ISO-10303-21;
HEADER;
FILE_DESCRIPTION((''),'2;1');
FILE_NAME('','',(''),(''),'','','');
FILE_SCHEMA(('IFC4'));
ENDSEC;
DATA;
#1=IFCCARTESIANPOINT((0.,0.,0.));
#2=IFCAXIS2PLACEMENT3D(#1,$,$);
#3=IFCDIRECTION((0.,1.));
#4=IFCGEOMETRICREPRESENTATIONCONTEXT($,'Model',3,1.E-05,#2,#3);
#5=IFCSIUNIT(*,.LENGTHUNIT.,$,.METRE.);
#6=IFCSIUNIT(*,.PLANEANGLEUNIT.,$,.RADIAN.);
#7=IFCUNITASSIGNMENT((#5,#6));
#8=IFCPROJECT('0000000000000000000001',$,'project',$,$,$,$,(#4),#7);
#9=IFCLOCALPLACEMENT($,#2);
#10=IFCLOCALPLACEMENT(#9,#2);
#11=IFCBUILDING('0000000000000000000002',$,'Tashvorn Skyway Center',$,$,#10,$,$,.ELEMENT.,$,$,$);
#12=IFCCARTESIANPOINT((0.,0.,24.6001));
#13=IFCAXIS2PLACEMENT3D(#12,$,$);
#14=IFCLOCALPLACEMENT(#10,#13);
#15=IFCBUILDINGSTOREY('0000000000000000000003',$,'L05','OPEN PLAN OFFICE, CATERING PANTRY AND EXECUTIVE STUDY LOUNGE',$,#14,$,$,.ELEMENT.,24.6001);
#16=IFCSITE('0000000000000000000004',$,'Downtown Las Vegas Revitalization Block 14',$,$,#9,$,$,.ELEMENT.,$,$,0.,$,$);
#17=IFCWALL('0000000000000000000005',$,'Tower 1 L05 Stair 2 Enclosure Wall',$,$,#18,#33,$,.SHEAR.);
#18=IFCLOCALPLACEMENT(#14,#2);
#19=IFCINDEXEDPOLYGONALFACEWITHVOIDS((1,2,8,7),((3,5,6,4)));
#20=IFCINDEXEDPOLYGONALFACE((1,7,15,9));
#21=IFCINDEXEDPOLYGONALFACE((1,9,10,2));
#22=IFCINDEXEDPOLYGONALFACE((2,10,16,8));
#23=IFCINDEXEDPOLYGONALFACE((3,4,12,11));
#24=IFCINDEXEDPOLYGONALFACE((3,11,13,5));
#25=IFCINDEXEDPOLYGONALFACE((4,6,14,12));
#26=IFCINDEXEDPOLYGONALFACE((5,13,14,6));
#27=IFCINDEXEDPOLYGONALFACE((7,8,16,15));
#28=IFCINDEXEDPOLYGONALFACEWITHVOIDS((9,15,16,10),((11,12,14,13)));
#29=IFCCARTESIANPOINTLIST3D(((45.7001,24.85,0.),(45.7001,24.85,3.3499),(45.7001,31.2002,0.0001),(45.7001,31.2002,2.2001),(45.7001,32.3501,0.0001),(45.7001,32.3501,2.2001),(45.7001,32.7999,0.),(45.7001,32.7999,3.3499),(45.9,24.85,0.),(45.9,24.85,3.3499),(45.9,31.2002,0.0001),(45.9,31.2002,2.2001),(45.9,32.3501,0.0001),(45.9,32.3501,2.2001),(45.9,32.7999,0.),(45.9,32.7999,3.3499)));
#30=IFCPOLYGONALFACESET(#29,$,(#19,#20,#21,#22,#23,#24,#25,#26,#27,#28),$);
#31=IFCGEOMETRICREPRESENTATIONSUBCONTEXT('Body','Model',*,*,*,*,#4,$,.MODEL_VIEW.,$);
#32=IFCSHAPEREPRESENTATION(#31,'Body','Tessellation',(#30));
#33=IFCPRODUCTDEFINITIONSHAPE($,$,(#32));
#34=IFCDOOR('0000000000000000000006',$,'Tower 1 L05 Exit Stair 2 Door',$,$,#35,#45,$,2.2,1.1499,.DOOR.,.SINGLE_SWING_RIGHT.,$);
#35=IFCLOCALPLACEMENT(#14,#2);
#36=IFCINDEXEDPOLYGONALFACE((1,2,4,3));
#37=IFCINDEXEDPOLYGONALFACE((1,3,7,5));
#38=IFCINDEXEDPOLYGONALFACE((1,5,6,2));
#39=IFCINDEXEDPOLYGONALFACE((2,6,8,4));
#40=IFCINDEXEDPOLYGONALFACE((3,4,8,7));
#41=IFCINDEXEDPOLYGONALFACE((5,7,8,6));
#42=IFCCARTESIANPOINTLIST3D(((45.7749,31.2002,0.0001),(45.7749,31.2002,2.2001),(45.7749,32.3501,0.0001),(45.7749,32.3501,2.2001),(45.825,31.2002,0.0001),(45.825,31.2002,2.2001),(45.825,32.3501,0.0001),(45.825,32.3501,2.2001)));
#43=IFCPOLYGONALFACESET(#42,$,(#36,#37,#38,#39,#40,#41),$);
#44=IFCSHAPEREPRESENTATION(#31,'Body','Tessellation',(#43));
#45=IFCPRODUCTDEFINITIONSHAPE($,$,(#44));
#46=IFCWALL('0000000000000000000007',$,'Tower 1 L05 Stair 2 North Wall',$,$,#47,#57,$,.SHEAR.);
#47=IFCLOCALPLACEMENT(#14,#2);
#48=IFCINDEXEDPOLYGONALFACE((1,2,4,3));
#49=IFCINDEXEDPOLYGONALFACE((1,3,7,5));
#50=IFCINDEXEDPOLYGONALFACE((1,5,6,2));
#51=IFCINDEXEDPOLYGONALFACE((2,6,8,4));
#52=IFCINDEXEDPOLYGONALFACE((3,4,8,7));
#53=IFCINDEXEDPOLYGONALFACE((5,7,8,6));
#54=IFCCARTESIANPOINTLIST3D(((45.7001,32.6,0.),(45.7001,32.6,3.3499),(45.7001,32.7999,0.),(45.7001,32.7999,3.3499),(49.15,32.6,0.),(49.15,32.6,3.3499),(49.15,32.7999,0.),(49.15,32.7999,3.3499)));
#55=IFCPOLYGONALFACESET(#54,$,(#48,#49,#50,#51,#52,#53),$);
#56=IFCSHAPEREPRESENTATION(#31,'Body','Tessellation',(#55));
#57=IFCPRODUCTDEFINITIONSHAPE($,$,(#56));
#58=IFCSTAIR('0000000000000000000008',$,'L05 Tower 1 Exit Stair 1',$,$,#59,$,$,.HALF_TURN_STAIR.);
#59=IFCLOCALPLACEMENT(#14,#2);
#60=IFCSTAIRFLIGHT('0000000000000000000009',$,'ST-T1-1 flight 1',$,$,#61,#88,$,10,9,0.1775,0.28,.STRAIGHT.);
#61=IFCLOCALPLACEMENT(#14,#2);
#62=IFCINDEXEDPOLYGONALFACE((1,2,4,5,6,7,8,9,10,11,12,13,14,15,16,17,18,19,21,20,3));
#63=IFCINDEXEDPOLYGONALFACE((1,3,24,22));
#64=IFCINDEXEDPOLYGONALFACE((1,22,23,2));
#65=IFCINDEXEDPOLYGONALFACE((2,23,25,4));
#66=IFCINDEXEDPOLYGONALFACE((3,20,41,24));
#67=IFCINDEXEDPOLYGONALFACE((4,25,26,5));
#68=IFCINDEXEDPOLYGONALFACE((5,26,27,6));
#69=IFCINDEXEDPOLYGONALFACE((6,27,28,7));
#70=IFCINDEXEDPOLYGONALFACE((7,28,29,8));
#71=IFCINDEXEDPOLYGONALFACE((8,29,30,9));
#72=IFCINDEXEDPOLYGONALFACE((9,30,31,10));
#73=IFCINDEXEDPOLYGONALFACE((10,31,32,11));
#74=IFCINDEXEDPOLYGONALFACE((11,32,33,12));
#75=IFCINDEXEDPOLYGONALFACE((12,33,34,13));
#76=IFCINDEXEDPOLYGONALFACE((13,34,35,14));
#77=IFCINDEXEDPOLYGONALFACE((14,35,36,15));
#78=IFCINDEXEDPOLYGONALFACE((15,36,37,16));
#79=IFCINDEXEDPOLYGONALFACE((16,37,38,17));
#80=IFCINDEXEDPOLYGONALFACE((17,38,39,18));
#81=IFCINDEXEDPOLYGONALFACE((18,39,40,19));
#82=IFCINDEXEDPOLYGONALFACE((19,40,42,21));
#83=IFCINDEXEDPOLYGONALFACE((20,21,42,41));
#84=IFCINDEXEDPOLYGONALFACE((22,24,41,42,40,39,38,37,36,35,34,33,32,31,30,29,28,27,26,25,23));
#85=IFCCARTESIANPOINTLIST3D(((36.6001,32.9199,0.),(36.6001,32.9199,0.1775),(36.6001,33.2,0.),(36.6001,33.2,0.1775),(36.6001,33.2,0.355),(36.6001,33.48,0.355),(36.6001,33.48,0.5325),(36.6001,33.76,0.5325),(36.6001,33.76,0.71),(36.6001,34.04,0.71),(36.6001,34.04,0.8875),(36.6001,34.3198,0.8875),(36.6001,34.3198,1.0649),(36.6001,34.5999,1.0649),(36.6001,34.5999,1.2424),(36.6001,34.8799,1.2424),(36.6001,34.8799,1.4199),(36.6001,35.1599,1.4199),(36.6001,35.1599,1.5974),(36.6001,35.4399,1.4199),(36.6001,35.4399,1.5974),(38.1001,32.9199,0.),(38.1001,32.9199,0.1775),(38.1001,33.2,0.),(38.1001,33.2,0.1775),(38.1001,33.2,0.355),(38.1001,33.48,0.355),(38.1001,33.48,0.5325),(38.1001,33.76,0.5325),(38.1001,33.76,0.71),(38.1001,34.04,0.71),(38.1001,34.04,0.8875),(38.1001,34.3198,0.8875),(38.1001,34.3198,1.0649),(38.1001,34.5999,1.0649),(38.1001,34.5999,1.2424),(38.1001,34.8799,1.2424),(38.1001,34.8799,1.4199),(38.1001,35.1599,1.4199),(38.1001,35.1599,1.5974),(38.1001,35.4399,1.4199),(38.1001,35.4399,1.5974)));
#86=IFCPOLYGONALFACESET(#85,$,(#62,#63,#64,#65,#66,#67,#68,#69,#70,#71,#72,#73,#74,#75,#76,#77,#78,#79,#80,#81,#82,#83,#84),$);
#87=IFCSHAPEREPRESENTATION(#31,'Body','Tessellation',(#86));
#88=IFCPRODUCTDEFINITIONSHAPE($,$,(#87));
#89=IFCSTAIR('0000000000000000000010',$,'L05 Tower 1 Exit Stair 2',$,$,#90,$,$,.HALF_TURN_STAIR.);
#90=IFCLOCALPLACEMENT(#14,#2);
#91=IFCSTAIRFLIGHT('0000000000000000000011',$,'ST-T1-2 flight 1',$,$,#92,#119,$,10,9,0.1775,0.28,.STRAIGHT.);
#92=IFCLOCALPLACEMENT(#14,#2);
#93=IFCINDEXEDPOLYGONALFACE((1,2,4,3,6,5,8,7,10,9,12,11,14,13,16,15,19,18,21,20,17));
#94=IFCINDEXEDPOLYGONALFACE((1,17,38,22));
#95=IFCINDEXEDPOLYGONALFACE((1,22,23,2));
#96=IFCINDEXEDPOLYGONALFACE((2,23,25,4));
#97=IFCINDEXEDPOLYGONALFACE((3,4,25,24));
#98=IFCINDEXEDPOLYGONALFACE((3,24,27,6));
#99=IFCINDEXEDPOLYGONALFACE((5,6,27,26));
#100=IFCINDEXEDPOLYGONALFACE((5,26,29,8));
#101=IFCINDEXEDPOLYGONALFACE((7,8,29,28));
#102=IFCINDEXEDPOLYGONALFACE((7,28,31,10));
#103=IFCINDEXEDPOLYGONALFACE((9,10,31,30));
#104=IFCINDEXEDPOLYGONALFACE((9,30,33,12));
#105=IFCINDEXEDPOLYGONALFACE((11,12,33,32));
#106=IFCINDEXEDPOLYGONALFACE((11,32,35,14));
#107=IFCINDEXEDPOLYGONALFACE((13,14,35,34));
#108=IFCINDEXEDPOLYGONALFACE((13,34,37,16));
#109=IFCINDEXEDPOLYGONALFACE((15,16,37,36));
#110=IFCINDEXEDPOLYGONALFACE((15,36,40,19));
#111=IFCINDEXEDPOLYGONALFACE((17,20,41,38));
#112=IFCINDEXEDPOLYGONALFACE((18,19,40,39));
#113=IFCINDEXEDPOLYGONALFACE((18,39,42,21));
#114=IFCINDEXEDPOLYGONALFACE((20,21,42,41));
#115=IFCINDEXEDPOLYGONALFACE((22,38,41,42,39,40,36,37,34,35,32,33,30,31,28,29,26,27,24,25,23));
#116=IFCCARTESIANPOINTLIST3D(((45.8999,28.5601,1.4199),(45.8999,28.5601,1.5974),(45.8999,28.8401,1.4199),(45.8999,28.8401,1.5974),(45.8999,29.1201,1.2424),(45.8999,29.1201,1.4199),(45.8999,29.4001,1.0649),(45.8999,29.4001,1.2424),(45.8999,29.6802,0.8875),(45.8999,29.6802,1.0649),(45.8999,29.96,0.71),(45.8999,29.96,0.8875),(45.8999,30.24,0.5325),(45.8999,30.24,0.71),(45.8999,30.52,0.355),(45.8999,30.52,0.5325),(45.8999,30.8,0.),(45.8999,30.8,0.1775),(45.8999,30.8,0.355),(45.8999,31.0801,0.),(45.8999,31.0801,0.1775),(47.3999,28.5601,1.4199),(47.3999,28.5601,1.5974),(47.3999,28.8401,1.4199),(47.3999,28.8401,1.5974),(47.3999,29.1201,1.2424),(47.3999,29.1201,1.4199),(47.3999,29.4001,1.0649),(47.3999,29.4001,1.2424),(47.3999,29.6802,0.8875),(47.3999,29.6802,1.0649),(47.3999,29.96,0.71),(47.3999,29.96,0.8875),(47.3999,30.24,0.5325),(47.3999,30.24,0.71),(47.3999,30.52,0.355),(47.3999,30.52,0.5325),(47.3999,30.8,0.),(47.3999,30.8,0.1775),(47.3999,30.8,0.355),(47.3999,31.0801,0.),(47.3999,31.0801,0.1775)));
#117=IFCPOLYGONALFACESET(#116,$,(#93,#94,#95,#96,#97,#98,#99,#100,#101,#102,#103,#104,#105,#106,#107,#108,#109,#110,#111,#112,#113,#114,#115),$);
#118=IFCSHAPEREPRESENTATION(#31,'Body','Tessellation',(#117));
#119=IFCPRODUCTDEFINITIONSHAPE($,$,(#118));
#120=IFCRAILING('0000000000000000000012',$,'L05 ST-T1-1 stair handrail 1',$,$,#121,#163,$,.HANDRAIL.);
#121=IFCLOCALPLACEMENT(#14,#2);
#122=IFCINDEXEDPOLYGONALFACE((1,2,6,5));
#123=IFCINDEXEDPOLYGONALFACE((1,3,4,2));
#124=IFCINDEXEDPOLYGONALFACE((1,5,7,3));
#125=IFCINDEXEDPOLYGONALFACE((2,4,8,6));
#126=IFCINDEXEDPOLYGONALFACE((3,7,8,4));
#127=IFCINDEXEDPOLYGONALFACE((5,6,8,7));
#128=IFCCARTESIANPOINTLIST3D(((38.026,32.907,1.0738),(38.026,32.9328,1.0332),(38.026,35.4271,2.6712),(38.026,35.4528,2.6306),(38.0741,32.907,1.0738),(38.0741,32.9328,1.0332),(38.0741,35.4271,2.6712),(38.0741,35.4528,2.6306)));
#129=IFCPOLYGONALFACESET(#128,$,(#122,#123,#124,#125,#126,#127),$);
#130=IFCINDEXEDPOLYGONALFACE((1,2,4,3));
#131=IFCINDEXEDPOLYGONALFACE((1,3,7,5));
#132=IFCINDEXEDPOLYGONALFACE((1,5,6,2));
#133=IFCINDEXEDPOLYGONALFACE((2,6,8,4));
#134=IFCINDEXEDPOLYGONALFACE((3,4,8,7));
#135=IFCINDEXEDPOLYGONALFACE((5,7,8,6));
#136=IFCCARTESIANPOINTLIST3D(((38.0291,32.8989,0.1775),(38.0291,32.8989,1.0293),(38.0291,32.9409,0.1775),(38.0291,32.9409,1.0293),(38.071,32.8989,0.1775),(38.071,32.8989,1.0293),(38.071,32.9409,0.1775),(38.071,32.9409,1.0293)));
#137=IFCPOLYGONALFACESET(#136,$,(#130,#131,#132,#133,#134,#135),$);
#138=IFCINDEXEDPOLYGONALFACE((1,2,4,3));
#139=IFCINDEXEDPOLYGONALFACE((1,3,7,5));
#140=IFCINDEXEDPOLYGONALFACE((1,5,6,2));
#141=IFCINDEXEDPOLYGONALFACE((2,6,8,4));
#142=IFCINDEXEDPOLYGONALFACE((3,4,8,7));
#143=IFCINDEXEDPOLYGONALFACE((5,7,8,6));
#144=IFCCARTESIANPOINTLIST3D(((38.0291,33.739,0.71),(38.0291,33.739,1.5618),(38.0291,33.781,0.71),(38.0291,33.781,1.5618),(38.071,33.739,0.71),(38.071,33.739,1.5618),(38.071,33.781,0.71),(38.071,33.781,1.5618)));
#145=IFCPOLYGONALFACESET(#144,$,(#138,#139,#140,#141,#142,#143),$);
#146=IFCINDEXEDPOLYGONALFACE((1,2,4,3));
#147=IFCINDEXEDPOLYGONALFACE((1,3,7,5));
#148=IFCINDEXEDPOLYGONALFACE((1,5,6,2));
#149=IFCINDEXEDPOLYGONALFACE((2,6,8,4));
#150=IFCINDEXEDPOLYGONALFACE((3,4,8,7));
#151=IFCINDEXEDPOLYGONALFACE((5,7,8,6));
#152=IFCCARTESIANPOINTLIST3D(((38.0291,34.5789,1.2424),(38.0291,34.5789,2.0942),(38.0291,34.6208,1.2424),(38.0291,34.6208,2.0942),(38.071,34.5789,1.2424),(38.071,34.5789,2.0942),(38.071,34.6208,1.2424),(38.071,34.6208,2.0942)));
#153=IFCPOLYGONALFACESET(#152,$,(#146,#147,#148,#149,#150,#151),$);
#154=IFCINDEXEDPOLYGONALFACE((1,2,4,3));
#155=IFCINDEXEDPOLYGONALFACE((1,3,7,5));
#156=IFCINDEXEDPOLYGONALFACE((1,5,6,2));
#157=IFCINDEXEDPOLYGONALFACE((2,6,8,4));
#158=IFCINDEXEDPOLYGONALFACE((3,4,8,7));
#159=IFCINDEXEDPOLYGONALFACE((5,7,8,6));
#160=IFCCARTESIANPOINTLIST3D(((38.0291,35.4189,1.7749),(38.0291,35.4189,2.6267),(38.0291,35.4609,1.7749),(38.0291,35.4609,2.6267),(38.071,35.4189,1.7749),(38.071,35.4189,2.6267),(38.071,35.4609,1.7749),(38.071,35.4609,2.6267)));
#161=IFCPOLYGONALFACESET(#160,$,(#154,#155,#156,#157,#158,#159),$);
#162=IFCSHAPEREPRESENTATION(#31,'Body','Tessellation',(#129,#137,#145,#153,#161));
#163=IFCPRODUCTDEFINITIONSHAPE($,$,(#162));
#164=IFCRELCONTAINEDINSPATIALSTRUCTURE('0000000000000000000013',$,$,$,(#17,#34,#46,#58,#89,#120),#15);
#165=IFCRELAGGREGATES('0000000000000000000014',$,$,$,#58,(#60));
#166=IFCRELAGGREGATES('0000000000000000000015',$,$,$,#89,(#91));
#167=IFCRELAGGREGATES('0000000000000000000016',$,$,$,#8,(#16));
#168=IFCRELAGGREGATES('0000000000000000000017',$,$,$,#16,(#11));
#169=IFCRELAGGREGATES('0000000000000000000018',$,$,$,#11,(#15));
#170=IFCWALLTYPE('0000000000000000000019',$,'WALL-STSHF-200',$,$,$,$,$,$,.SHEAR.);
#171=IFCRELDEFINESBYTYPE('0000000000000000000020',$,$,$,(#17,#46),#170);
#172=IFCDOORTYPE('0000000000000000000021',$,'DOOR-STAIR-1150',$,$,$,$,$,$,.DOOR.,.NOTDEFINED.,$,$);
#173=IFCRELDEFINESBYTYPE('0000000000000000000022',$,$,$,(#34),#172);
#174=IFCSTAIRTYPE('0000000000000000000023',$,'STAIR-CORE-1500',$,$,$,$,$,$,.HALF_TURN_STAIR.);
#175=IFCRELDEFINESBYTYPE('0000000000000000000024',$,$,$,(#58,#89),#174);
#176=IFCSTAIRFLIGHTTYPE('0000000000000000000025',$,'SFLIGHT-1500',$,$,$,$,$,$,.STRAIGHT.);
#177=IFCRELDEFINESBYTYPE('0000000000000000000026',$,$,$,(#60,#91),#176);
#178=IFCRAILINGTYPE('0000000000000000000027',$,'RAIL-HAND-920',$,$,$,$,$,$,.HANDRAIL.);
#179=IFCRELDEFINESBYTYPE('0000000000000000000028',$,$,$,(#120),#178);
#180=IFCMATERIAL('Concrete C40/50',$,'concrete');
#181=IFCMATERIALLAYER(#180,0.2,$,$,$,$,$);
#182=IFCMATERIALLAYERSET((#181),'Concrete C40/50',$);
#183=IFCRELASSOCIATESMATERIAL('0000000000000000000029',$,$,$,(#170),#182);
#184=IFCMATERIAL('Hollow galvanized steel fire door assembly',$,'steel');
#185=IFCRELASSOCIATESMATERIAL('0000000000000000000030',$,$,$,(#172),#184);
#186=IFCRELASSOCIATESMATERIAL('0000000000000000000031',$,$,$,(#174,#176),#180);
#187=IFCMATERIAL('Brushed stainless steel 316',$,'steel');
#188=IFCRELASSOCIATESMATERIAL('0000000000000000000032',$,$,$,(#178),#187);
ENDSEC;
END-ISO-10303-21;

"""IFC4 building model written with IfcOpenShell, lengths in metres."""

from ifc_helpers import new_model, si_unit, direction, frame, frame_2d, origin, origin_2d, place, context, subcontext, project, spatial, polyline, rectangle, outline, extrude, material, layer, layer_set, type_object, element, fill, aggregate, save


model = new_model("IFC4")

# Units and contexts
model_context = context("Model", 3, precision=1e-05, world=origin(), true_north=direction((0.0, 1.0)))
body_context = subcontext(model_context, "Body", "Model", "MODEL_VIEW")
ifc_project = project(units=[si_unit("LENGTHUNIT", "METRE"), si_unit("PLANEANGLEUNIT", "RADIAN")], contexts=[model_context])

# Site, building, storey
site_placement = place(None, origin())
site = spatial("IfcSite", under=ifc_project, at=site_placement, Name="Downtown Las Vegas Revitalization Block 14", CompositionType="ELEMENT", RefElevation=0.0)
building_placement = place(site_placement, origin())
building = spatial("IfcBuilding", under=site, at=building_placement, Name="Tashvorn Skyway Center", CompositionType="ELEMENT")
storey_placement = place(building_placement, frame((0.0, 0.0, 24.6001)))
storey = spatial("IfcBuildingStorey", under=building, at=storey_placement, Name="L05", Description="OPEN PLAN OFFICE, CATERING PANTRY AND EXECUTIVE STUDY LOUNGE", CompositionType="ELEMENT", Elevation=24.6001)

# Shared definitions
ifc_material_1 = material(Name="Concrete C40/50", Category="concrete")

# Wall, opening, door
ifc_layer_1 = layer(ifc_material_1, 0.2)
ifc_layer_set_1 = layer_set([ifc_layer_1], Name="Concrete C40/50")
wall_type_1 = type_object("IfcWallType", Name="WALL-STSHF-200", PredefinedType="SHEAR", material=ifc_layer_set_1)
ifc_material_2 = material(Name="Hollow galvanized steel fire door assembly", Category="steel")
door_type = type_object("IfcDoorType", Name="DOOR-STAIR-1150", OperationType="NOTDEFINED", PredefinedType="DOOR", material=ifc_material_2)
wall_1_placement = place(storey_placement, frame((45.8, 32.8, 0.0), z_axis=(0.0, 0.0, 1.0), x_axis=(0.0, -1.0, 0.0)))
wall_1 = element("IfcWall", 1, at=wall_1_placement, inside=storey, type_object=wall_type_1, Name="Tower 1 L05 Stair 2 Enclosure Wall", PredefinedType="SHEAR", context=body_context, shape_type="SweptSolid", body=[
    extrude(rectangle(XDim=7.95, YDim=0.2, at=frame_2d((3.9751, 0.0))), origin(), (0.0, 0.0, 1.0), 3.3499),
])
opening_1_placement = place(wall_1_placement, frame((0.45, 0.0, 0.0)))
opening_1 = element("IfcOpeningElement", 2, at=opening_1_placement, cuts=wall_1, PredefinedType="OPENING", context=body_context, shape_type="SweptSolid", body=[
    extrude(rectangle(XDim=1.1499, YDim=2.2, at=frame_2d((0.575, 1.1001))), frame((0.0, 0.1099, 0.0), z_axis=(0.0, -1.0, 0.0), x_axis=(1.0, 0.0, 0.0)), (0.0, 0.0, 1.0), 0.22),
])
door_1_placement = place(opening_1_placement, origin())
door_1 = element("IfcDoor", 3, at=door_1_placement, inside=storey, type_object=door_type, Name="Tower 1 L05 Exit Stair 2 Door", OperationType="SINGLE_SWING_RIGHT", OverallHeight=2.2, OverallWidth=1.1499, PredefinedType="DOOR", context=body_context, shape_type="SweptSolid", body=[
    extrude(rectangle(XDim=1.1499, YDim=2.2, at=frame_2d((0.575, 1.1001))), frame((0.0, 0.0249, 0.0), z_axis=(0.0, -1.0, 0.0), x_axis=(1.0, 0.0, 0.0)), (0.0, 0.0, 1.0), 0.05),
])
fill(opening_1, door_1)

# Wall
wall_2_placement = place(storey_placement, frame((45.7, 32.7, 0.0), z_axis=(0.0, 0.0, 1.0), x_axis=(1.0, 0.0, 0.0)))
element("IfcWall", 4, at=wall_2_placement, inside=storey, type_object=wall_type_1, Name="Tower 1 L05 Stair 2 North Wall", PredefinedType="SHEAR", context=body_context, shape_type="SweptSolid", body=[
    extrude(rectangle(XDim=3.45, YDim=0.2, at=frame_2d((1.7251, 0.0))), origin(), (0.0, 0.0, 1.0), 3.3499),
])

# Stairs, stair flights
stair_type = type_object("IfcStairType", Name="STAIR-CORE-1500", PredefinedType="HALF_TURN_STAIR", material=ifc_material_1)
stair_1_placement = place(storey_placement, origin())
stair_1 = element("IfcStair", 5, at=stair_1_placement, inside=storey, type_object=stair_type, Name="L05 Tower 1 Exit Stair 1", PredefinedType="HALF_TURN_STAIR")
stair_flight_type = type_object("IfcStairFlightType", Name="SFLIGHT-1500", PredefinedType="STRAIGHT", material=ifc_material_1)
stair_flight_1_placement = place(storey_placement, frame((37.3501, 32.9199, 0.0), z_axis=(0.0, 0.0, 1.0), x_axis=(0.0, 1.0, 0.0)))
stair_flight_1 = element("IfcStairFlight", 6, at=stair_flight_1_placement, type_object=stair_flight_type, Name="ST-T1-1 flight 1", NumberOfRisers=10, NumberOfTreads=9, PredefinedType="STRAIGHT", RiserHeight=0.1775, TreadLength=0.28, context=body_context, shape_type="SweptSolid", body=[
    extrude(outline(polyline([(0.0, 0.0), (0.0, 0.1775), (0.28, 0.1775), (0.28, 0.355), (0.5601, 0.355), (0.5601, 0.5325), (0.8401, 0.5325), (0.8401, 0.71), (1.1201, 0.71), (1.1201, 0.8875), (1.3999, 0.8875), (1.3999, 1.0649), (1.6799, 1.0649), (1.6799, 1.2424), (1.96, 1.2424), (1.96, 1.4199), (2.24, 1.4199), (2.24, 1.5974), (2.52, 1.5974), (2.52, 1.7749), (2.52, 1.4199), (0.28, 0.0), (0.0, 0.0)])), frame((0.0, 0.75, 0.0), z_axis=(0.0, -1.0, 0.0), x_axis=(1.0, 0.0, 0.0)), (0.0, 0.0, 1.0), 1.5),
])
aggregate(stair_1, [stair_flight_1])
stair_2_placement = place(storey_placement, origin())
stair_2 = element("IfcStair", 7, at=stair_2_placement, inside=storey, type_object=stair_type, Name="L05 Tower 1 Exit Stair 2", PredefinedType="HALF_TURN_STAIR")
stair_flight_2_placement = place(storey_placement, frame((46.6499, 31.0801, 0.0), z_axis=(0.0, 0.0, 1.0), x_axis=(0.0, -1.0, 0.0)))
stair_flight_2 = element("IfcStairFlight", 8, at=stair_flight_2_placement, type_object=stair_flight_type, Name="ST-T1-2 flight 1", NumberOfRisers=10, NumberOfTreads=9, PredefinedType="STRAIGHT", RiserHeight=0.1775, TreadLength=0.28, context=body_context, shape_type="SweptSolid", body=[
    extrude(outline(polyline([(0.0, 0.0), (0.0, 0.1775), (0.28, 0.1775), (0.28, 0.355), (0.5601, 0.355), (0.5601, 0.5325), (0.8401, 0.5325), (0.8401, 0.71), (1.1201, 0.71), (1.1201, 0.8875), (1.3999, 0.8875), (1.3999, 1.0649), (1.6799, 1.0649), (1.6799, 1.2424), (1.96, 1.2424), (1.96, 1.4199), (2.24, 1.4199), (2.24, 1.5974), (2.52, 1.5974), (2.52, 1.7749), (2.52, 1.4199), (0.28, 0.0), (0.0, 0.0)])), frame((0.0, 0.75, 0.0), z_axis=(0.0, -1.0, 0.0), x_axis=(1.0, 0.0, 0.0)), (0.0, 0.0, 1.0), 1.5),
])
aggregate(stair_2, [stair_flight_2])

# Railing
ifc_material_3 = material(Name="Brushed stainless steel 316", Category="steel")
railing_type_1 = type_object("IfcRailingType", Name="RAIL-HAND-920", PredefinedType="HANDRAIL", material=ifc_material_3)
railing_1_placement = place(storey_placement, frame((38.05, 32.9199, 0.1775)))
element("IfcRailing", 9, at=railing_1_placement, inside=storey, type_object=railing_type_1, Name="L05 ST-T1-1 stair handrail 1", PredefinedType="HANDRAIL", context=body_context, shape_type="SweptSolid", body=[
    extrude(rectangle(XDim=0.0481, YDim=0.0481, at=origin_2d()), frame((0.0, 0.0, 0.876), z_axis=(0.0, 0.844607, 0.535387), x_axis=(-1.0, 0.0, 0.0)), (0.0, 0.0, 1.0), 2.9836),
    extrude(rectangle(XDim=0.042, YDim=0.042, at=origin_2d()), origin(), (0.0, 0.0, 1.0), 0.8518),
    extrude(rectangle(XDim=0.042, YDim=0.042, at=origin_2d()), frame((0.0, 0.8401, 0.5325)), (0.0, 0.0, 1.0), 0.8518),
    extrude(rectangle(XDim=0.042, YDim=0.042, at=origin_2d()), frame((0.0, 1.6799, 1.0649)), (0.0, 0.0, 1.0), 0.8518),
    extrude(rectangle(XDim=0.042, YDim=0.042, at=origin_2d()), frame((0.0, 2.52, 1.5974)), (0.0, 0.0, 1.0), 0.8518),
])

save(model, "model.ifc")
